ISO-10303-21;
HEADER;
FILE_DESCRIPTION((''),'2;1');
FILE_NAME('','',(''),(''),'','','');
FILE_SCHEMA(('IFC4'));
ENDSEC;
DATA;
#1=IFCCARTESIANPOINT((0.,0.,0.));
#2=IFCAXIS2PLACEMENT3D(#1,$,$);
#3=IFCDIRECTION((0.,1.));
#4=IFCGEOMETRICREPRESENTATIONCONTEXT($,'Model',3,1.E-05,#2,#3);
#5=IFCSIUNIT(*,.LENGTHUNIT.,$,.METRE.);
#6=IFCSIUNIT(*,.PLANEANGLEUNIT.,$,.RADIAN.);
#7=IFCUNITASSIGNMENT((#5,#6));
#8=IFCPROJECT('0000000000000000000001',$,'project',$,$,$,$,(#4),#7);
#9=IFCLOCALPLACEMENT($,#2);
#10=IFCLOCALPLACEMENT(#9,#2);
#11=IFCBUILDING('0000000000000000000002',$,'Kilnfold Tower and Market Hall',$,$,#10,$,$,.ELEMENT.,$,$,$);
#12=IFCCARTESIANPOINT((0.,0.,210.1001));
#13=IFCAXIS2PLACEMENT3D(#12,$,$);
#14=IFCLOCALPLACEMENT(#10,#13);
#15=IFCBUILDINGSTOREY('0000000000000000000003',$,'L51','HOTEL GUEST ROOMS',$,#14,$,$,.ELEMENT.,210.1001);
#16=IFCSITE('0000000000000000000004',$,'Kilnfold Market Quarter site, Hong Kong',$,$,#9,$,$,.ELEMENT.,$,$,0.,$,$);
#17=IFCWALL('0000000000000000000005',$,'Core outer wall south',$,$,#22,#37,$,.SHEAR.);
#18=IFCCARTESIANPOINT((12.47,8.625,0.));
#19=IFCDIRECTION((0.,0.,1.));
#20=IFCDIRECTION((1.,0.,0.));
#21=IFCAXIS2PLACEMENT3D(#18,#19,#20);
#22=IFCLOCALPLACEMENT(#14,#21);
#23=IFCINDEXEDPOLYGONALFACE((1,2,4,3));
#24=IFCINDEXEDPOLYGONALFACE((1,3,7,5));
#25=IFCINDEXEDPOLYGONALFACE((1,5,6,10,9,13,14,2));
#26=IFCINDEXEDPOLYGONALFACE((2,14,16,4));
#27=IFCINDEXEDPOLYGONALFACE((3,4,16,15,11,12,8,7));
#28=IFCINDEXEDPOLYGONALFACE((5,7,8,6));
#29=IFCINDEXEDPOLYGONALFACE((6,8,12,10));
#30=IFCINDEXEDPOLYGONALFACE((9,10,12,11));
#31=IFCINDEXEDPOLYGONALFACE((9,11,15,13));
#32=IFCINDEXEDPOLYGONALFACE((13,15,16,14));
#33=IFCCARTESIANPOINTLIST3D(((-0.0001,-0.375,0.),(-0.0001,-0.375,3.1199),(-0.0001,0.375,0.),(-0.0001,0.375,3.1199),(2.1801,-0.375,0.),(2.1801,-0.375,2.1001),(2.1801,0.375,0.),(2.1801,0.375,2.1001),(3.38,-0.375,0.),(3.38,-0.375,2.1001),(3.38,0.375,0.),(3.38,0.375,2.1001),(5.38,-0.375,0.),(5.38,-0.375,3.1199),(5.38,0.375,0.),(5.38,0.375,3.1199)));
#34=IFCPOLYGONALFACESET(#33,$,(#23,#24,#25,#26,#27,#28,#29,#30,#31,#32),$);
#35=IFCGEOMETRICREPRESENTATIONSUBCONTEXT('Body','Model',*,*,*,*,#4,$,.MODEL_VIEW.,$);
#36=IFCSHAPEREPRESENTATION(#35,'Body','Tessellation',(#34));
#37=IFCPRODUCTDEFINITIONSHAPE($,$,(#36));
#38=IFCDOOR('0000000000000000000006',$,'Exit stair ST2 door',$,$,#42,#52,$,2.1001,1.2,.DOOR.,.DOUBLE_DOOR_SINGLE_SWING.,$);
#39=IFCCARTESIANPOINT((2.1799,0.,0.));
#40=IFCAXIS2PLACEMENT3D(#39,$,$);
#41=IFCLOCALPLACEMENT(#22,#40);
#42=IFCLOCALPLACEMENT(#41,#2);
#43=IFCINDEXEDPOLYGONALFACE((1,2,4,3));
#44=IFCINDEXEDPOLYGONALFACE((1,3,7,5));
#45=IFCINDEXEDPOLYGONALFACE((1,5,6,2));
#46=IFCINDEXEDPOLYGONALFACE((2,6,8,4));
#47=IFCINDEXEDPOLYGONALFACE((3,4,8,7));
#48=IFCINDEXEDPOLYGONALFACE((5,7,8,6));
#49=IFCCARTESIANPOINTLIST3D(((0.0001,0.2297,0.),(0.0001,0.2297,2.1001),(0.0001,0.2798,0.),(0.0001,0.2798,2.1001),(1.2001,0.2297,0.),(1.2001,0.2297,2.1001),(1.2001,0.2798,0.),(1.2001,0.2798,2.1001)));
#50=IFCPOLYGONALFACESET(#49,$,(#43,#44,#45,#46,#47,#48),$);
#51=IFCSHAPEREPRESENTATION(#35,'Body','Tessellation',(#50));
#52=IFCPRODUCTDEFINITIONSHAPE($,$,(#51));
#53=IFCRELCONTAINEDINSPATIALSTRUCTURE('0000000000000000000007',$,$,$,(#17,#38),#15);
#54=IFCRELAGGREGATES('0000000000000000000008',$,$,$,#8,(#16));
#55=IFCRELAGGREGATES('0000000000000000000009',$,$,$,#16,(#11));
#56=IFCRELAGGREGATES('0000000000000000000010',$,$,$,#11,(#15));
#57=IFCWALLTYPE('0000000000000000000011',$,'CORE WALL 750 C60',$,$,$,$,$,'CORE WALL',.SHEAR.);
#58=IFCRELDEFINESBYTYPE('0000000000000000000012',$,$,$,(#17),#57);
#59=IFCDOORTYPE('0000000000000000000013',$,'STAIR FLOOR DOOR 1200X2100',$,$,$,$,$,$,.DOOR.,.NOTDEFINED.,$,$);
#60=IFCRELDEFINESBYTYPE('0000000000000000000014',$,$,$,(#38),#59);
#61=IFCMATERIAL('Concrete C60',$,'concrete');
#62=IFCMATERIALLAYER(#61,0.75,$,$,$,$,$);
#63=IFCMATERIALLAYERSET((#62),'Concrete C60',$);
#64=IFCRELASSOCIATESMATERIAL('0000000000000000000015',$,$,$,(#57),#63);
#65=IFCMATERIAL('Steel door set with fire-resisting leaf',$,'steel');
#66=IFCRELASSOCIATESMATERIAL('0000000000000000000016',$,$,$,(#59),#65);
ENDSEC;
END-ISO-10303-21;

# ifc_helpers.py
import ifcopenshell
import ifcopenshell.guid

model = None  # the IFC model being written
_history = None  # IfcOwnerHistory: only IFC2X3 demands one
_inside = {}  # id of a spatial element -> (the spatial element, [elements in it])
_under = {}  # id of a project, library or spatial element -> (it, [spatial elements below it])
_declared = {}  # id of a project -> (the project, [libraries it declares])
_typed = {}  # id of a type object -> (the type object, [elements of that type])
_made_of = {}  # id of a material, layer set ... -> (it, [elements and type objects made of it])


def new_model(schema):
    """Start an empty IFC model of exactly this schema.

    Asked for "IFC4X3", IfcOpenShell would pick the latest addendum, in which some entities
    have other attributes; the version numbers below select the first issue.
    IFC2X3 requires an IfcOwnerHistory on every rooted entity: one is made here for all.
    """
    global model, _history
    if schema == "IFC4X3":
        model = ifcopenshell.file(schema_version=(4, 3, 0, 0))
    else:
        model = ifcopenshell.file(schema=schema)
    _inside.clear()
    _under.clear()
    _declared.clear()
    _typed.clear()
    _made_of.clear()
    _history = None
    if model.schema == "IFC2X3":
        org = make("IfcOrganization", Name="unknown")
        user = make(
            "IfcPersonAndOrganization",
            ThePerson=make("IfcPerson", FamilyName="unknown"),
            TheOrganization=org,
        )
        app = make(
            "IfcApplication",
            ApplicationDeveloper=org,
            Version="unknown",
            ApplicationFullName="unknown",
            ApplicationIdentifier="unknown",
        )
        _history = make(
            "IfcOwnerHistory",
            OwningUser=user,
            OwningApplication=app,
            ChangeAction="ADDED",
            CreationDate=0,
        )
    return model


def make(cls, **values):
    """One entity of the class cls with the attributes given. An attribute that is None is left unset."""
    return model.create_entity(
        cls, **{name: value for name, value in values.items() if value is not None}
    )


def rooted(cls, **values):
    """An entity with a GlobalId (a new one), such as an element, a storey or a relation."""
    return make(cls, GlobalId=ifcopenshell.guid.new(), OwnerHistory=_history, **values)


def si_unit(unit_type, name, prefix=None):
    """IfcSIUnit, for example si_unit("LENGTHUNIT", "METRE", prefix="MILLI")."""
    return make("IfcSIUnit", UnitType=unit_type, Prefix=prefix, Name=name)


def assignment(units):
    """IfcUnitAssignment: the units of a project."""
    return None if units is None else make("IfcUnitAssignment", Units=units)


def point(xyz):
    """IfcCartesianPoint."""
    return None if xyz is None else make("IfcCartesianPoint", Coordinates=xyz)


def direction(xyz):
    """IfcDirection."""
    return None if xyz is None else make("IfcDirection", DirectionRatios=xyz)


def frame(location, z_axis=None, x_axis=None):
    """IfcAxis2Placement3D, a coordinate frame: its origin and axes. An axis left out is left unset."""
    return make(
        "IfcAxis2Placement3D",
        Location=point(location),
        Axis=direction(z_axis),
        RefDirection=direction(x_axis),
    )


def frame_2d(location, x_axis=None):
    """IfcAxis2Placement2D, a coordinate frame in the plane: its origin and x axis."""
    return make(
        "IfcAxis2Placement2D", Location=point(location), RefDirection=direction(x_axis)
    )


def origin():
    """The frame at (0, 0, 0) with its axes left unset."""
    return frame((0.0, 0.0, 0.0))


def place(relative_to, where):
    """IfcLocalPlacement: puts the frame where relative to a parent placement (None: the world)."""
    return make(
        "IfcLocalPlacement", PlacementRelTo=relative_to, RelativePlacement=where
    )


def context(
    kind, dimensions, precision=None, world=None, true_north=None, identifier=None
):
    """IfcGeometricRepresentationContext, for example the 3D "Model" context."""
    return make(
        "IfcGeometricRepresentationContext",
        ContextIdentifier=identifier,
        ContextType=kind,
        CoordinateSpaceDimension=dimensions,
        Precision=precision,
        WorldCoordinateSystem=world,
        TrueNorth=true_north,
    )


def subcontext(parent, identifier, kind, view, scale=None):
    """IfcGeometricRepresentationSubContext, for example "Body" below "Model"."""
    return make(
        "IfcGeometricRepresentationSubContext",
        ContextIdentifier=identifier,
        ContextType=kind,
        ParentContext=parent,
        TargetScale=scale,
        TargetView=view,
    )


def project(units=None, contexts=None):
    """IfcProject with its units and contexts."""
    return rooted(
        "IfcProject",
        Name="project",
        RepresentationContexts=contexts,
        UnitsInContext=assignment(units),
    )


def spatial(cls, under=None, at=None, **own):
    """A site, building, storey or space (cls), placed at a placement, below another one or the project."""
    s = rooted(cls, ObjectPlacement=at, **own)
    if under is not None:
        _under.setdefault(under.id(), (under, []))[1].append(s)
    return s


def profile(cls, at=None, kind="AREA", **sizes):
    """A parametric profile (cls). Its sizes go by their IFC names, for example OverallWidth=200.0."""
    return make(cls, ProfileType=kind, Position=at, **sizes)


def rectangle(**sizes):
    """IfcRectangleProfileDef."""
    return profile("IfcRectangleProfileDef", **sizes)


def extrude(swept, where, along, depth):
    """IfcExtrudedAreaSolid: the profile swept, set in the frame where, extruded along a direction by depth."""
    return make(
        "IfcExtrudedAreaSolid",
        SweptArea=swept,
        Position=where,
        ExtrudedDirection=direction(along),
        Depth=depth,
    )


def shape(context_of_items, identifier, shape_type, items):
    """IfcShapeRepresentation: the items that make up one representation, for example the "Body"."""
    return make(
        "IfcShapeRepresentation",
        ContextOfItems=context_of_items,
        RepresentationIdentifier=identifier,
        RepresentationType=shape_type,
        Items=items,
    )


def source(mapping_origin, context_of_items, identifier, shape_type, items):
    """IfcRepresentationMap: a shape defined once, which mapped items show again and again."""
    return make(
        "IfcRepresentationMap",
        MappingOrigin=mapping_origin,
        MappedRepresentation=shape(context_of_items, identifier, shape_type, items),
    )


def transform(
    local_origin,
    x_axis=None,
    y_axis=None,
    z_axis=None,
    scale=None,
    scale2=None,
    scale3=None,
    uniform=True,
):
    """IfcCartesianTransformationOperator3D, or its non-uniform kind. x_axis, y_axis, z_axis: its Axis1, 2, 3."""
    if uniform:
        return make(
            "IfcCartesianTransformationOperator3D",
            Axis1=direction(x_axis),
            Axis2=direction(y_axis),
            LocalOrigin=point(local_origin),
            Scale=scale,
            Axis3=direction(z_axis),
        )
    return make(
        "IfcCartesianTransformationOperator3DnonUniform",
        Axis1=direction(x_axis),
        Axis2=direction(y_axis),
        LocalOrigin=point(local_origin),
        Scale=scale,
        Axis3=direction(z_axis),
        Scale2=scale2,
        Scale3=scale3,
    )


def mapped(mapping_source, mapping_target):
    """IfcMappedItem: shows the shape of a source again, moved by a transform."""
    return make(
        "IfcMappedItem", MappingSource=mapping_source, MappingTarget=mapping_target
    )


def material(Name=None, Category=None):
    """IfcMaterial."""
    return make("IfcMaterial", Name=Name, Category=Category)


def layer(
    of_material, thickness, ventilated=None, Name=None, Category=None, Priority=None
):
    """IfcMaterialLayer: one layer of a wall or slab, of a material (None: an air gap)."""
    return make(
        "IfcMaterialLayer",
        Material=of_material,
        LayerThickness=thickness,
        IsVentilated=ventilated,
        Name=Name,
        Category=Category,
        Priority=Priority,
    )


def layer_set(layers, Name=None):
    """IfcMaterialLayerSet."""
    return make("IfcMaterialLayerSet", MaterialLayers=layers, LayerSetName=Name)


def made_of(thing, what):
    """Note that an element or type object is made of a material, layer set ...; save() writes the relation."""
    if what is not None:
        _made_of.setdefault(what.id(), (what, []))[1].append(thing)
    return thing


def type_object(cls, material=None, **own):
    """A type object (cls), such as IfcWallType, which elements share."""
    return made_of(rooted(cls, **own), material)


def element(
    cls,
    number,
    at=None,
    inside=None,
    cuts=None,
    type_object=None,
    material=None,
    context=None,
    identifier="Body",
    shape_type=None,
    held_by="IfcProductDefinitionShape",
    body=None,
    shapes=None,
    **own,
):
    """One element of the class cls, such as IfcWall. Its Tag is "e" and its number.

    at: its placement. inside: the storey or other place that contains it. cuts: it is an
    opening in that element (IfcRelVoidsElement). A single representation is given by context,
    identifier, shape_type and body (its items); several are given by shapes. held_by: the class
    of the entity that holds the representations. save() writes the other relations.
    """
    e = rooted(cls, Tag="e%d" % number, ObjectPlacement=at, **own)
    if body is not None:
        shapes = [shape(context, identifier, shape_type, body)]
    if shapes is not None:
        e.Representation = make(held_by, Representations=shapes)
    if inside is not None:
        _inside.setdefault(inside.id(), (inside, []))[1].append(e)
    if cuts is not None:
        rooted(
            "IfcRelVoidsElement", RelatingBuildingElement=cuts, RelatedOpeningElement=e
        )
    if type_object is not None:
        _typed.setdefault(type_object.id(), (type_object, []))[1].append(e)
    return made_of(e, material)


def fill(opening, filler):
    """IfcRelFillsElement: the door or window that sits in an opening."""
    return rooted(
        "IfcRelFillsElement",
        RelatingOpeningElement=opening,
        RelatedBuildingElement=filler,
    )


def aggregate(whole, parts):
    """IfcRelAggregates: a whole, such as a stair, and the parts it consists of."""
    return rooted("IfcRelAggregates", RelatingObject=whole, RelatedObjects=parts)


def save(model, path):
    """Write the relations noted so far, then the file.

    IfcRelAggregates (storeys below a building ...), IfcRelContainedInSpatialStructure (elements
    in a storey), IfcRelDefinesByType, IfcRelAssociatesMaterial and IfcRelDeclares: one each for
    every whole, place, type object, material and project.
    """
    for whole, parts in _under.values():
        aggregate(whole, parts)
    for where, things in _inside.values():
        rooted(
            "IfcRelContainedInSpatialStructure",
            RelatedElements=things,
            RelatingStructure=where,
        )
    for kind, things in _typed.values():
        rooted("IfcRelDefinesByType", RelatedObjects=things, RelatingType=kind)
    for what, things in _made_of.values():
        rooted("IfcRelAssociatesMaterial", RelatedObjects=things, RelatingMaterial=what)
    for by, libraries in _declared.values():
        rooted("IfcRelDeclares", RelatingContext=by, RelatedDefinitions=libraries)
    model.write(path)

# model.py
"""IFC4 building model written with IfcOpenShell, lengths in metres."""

from ifc_helpers import new_model, si_unit, direction, frame, frame_2d, origin, place, context, subcontext, project, spatial, rectangle, extrude, source, transform, mapped, material, layer, layer_set, type_object, element, fill, save


model = new_model("IFC4")

# Units and contexts
model_context = context("Model", 3, precision=1e-05, world=origin(), true_north=direction((0.0, 1.0)))
body_context = subcontext(model_context, "Body", "Model", "MODEL_VIEW")
ifc_project = project(units=[si_unit("LENGTHUNIT", "METRE"), si_unit("PLANEANGLEUNIT", "RADIAN")], contexts=[model_context])

# Site, building, storey
site_placement = place(None, origin())
site = spatial("IfcSite", under=ifc_project, at=site_placement, Name="Kilnfold Market Quarter site, Hong Kong", CompositionType="ELEMENT", RefElevation=0.0)
building_placement = place(site_placement, origin())
building = spatial("IfcBuilding", under=site, at=building_placement, Name="Kilnfold Tower and Market Hall", CompositionType="ELEMENT")
storey_placement = place(building_placement, frame((0.0, 0.0, 210.1001)))
storey = spatial("IfcBuildingStorey", under=building, at=storey_placement, Name="L51", Description="HOTEL GUEST ROOMS", CompositionType="ELEMENT", Elevation=210.1001)

# Shared definitions
ifc_material_1 = material(Name="Concrete C60", Category="concrete")
ifc_layer_1 = layer(ifc_material_1, 0.75)
ifc_layer_set_1 = layer_set([ifc_layer_1], Name="Concrete C60")
wall_type_1 = type_object("IfcWallType", Name="CORE WALL 750 C60", ElementType="CORE WALL", PredefinedType="SHEAR", material=ifc_layer_set_1)

# Wall, opening, door
shared_shape_1 = source(origin(), body_context, "Body", "SweptSolid", [
    extrude(rectangle(XDim=5.3801, YDim=0.75, at=frame_2d((2.6899, 0.0))), origin(), (0.0, 0.0, 1.0), 3.1199),
])
wall_1_placement = place(storey_placement, frame((12.47, 8.625, 0.0), z_axis=(0.0, 0.0, 1.0), x_axis=(1.0, 0.0, 0.0)))
wall_1 = element("IfcWall", 1, at=wall_1_placement, inside=storey, type_object=wall_type_1, Name="Core outer wall south", PredefinedType="SHEAR", context=body_context, shape_type="MappedRepresentation", body=[
    mapped(shared_shape_1, transform((0.0, 0.0, 0.0))),
])
opening_1_placement = place(wall_1_placement, frame((2.1799, 0.0, 0.0)))
opening_1 = element("IfcOpeningElement", 2, at=opening_1_placement, cuts=wall_1, PredefinedType="OPENING", context=body_context, shape_type="SweptSolid", body=[
    extrude(rectangle(XDim=1.2, YDim=2.1001, at=frame_2d((0.6001, 1.05))), frame((0.0, 0.385, 0.0), z_axis=(0.0, -1.0, 0.0), x_axis=(1.0, 0.0, 0.0)), (0.0, 0.0, 1.0), 0.77),
])
ifc_material_2 = material(Name="Steel door set with fire-resisting leaf", Category="steel")
door_type_1 = type_object("IfcDoorType", Name="STAIR FLOOR DOOR 1200X2100", OperationType="NOTDEFINED", PredefinedType="DOOR", material=ifc_material_2)
door_1_placement = place(opening_1_placement, origin())
door_1 = element("IfcDoor", 3, at=door_1_placement, inside=storey, type_object=door_type_1, Name="Exit stair ST2 door", OperationType="DOUBLE_DOOR_SINGLE_SWING", OverallHeight=2.1001, OverallWidth=1.2, PredefinedType="DOOR", context=body_context, shape_type="SweptSolid", body=[
    extrude(rectangle(XDim=1.2, YDim=2.1001, at=frame_2d((0.6001, 1.05))), frame((0.0, 0.2798, 0.0), z_axis=(0.0, -1.0, 0.0), x_axis=(1.0, 0.0, 0.0)), (0.0, 0.0, 1.0), 0.05),
])
fill(opening_1, door_1)

save(model, "model.ifc")
